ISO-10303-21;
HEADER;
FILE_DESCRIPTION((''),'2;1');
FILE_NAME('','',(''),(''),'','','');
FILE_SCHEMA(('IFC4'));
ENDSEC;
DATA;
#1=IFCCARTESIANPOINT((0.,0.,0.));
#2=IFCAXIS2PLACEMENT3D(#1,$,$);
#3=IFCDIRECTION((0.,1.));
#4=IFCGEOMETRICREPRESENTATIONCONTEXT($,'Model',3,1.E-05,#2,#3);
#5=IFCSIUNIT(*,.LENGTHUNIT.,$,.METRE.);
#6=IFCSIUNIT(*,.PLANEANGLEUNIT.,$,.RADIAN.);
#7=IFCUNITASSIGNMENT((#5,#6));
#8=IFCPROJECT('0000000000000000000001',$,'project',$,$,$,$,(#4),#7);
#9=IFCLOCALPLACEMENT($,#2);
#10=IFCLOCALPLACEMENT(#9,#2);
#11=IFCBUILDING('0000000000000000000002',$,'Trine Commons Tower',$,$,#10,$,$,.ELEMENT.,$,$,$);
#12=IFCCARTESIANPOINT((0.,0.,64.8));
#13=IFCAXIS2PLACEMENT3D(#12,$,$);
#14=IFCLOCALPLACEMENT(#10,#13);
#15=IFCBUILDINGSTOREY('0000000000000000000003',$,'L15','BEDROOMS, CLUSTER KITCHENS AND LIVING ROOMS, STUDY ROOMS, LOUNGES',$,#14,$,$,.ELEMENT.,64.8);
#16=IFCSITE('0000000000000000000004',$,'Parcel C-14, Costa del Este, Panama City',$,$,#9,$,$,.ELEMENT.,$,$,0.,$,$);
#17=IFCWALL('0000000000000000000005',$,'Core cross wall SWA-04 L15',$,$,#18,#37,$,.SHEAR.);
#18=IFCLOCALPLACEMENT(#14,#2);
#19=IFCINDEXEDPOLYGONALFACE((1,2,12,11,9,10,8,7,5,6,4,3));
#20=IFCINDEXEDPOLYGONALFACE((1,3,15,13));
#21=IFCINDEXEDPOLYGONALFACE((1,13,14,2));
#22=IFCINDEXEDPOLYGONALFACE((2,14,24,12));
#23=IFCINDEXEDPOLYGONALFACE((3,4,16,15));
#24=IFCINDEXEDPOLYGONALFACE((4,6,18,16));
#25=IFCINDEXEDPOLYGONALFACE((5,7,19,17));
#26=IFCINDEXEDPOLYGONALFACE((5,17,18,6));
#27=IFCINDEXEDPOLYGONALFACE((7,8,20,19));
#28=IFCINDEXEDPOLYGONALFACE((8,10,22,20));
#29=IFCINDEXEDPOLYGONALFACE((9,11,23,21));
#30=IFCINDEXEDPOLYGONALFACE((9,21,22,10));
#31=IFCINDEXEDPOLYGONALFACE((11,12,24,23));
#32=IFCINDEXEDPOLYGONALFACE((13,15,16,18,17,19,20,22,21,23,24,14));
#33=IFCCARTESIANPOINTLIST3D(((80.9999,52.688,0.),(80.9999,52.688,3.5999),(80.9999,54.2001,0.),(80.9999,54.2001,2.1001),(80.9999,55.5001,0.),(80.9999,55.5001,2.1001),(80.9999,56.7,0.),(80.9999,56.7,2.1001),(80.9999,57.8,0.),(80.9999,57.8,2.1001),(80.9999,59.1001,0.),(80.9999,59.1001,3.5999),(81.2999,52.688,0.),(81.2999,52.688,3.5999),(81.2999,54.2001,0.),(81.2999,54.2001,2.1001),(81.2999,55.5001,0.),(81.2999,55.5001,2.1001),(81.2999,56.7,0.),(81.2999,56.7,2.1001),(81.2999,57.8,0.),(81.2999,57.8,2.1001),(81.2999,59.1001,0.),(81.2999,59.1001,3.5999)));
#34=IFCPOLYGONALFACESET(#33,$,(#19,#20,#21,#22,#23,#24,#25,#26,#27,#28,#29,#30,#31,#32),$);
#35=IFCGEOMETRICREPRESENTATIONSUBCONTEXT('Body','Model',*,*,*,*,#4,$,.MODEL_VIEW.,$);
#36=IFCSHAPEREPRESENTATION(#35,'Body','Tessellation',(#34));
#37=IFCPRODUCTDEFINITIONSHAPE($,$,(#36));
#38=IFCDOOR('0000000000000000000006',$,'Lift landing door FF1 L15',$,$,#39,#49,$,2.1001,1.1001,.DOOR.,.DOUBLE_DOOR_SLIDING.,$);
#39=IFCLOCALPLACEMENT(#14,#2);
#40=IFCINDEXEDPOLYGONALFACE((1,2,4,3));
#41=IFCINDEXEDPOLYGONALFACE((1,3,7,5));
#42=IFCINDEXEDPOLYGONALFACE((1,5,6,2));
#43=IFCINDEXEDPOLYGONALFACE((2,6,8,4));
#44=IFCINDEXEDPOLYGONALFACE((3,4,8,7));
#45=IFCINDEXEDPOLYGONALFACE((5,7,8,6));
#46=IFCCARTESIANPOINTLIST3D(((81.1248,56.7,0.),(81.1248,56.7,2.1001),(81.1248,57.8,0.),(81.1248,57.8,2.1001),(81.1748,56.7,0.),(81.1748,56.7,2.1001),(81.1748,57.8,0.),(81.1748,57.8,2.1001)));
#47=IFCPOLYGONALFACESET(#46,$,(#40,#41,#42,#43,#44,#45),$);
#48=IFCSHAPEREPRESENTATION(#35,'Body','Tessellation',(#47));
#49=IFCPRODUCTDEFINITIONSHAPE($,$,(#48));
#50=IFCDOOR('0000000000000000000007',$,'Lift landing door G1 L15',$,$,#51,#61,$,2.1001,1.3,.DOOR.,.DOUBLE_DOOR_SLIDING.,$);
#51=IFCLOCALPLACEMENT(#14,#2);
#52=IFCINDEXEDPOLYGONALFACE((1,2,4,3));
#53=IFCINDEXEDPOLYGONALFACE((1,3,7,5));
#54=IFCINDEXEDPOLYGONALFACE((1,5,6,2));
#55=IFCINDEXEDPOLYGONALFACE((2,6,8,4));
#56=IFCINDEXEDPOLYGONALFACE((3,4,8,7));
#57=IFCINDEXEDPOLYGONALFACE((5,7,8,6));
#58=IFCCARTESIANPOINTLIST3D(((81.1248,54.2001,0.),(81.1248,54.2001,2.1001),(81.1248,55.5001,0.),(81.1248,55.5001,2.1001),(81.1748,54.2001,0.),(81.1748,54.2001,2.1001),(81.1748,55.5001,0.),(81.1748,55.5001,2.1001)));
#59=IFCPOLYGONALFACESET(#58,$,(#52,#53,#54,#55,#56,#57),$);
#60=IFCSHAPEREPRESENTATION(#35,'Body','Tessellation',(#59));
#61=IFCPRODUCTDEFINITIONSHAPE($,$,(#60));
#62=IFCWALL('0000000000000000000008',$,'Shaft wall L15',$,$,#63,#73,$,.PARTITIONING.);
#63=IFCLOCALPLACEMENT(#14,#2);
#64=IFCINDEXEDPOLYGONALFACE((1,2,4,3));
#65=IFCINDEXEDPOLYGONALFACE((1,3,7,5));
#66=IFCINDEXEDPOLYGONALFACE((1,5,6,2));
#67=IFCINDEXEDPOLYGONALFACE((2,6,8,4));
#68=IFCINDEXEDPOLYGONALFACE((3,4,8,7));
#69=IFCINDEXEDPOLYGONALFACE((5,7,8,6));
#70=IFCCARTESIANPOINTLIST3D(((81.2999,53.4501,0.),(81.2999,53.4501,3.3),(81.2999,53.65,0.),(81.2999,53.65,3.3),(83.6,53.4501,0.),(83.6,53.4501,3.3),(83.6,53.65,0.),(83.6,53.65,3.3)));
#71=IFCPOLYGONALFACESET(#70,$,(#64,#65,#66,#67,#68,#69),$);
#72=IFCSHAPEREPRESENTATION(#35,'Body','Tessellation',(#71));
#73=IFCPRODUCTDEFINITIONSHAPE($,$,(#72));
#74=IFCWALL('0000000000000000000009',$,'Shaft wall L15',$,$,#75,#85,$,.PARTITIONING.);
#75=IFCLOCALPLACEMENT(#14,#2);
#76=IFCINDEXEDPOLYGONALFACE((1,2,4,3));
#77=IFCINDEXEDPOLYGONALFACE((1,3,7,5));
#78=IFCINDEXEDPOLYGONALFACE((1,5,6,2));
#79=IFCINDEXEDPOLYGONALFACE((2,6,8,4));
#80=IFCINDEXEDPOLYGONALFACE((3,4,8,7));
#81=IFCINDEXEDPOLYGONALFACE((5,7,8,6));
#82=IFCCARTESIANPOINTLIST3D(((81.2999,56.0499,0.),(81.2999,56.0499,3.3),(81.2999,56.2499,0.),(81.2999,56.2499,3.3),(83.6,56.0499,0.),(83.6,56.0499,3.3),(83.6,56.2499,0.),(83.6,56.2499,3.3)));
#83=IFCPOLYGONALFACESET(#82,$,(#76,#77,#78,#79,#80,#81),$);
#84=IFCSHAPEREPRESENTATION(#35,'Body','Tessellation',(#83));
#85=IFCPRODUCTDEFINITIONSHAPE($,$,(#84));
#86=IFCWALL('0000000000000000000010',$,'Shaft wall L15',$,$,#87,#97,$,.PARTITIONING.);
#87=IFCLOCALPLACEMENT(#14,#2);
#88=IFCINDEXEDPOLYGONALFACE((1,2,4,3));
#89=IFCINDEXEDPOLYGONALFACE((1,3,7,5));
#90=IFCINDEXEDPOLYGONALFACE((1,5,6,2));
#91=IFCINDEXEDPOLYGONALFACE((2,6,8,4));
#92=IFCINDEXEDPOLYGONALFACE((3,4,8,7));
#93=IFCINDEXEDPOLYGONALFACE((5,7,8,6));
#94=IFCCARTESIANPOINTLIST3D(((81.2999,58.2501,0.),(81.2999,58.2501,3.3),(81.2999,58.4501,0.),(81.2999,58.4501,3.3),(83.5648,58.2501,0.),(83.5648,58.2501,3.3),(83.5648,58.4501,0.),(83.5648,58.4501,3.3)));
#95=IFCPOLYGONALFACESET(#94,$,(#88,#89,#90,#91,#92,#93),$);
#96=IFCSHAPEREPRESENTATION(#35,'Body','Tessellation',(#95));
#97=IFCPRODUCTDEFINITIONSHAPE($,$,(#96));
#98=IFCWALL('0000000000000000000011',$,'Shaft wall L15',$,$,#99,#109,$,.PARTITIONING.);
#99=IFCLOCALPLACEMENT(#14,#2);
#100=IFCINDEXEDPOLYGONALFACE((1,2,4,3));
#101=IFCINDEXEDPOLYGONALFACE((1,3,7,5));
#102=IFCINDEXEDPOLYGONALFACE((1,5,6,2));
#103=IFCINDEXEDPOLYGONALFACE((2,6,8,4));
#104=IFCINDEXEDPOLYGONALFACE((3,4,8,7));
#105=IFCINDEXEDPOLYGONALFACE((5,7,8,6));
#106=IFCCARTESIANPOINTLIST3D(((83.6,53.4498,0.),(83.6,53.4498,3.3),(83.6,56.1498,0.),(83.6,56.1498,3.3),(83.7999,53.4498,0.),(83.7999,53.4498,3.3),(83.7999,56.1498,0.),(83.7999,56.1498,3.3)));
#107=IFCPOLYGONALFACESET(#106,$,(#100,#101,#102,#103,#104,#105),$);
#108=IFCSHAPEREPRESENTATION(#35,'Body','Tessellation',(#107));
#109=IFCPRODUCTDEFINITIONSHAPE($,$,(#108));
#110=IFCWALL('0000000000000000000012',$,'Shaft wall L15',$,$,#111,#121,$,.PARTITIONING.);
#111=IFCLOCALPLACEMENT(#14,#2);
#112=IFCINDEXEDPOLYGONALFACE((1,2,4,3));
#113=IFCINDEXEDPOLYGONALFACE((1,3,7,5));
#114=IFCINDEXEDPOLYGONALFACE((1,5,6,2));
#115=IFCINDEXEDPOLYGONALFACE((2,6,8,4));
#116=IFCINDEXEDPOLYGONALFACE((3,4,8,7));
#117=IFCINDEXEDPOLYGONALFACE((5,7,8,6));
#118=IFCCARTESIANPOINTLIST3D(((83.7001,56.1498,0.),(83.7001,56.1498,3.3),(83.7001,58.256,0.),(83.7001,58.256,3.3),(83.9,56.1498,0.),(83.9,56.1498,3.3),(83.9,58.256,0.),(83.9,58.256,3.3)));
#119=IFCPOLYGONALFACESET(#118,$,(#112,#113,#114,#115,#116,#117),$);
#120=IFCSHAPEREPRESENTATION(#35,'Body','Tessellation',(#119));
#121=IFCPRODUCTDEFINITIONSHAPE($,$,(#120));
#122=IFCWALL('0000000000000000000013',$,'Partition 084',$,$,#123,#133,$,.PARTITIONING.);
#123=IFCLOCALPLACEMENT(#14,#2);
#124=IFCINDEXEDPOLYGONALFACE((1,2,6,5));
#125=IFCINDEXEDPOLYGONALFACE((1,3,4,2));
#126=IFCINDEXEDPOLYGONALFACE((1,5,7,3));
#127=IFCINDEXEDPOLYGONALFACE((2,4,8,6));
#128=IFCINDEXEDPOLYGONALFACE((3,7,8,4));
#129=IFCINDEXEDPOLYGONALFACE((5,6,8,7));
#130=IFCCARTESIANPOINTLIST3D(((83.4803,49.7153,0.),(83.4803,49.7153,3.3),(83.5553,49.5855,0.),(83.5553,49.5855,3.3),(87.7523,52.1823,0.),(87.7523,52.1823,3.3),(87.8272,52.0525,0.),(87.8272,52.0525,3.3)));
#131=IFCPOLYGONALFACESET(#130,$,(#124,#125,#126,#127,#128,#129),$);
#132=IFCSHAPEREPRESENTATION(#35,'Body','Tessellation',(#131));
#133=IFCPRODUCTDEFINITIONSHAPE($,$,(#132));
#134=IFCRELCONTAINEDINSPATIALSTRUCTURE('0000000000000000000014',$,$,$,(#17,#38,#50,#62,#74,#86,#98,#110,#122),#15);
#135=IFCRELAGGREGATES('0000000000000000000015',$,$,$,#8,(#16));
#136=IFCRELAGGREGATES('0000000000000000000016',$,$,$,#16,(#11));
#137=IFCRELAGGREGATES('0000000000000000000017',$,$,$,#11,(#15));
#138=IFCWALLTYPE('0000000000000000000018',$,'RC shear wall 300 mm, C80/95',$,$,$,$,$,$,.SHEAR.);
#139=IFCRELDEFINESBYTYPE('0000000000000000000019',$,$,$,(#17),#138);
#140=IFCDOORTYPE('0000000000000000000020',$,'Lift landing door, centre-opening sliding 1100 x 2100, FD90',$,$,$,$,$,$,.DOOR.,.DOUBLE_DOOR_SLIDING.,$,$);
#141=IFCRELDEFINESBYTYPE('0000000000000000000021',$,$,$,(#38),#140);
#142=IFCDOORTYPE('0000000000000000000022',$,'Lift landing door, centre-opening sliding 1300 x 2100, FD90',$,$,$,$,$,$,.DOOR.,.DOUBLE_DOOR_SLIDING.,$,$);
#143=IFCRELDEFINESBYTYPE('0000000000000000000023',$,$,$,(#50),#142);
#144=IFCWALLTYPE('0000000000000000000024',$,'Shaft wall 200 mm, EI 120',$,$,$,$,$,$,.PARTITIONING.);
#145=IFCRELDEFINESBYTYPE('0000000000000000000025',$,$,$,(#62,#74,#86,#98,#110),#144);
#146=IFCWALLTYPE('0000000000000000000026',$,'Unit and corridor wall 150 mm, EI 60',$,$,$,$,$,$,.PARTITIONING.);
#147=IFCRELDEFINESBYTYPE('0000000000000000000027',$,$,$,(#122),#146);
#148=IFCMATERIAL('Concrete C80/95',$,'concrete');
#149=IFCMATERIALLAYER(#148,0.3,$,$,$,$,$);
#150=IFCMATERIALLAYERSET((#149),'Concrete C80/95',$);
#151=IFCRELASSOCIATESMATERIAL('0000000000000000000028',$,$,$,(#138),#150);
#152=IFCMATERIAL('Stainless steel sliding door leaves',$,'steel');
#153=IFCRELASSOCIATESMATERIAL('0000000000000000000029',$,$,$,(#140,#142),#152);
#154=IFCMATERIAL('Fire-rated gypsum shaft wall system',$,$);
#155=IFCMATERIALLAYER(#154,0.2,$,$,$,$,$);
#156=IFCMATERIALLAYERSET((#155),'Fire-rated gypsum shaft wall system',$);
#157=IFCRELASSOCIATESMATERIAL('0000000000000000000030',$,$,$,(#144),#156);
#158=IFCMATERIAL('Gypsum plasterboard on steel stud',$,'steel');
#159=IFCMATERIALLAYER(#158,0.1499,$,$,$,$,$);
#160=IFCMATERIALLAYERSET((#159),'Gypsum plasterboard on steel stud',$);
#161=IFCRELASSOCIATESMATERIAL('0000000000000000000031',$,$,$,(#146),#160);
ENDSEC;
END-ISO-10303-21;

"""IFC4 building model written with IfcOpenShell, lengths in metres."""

from ifc_helpers import new_model, si_unit, direction, frame, frame_2d, origin, place, context, subcontext, project, spatial, rectangle, extrude, material, layer, layer_set, type_object, element, fill, save


model = new_model("IFC4")

# Units and contexts
model_context = context("Model", 3, precision=1e-05, world=origin(), true_north=direction((0.0, 1.0)))
body_context = subcontext(model_context, "Body", "Model", "MODEL_VIEW")
ifc_project = project(units=[si_unit("LENGTHUNIT", "METRE"), si_unit("PLANEANGLEUNIT", "RADIAN")], contexts=[model_context])

# Site, building, storey
site_placement = place(None, origin())
site = spatial("IfcSite", under=ifc_project, at=site_placement, Name="Parcel C-14, Costa del Este, Panama City", CompositionType="ELEMENT", RefElevation=0.0)
building_placement = place(site_placement, origin())
building = spatial("IfcBuilding", under=site, at=building_placement, Name="Trine Commons Tower", CompositionType="ELEMENT")
storey_placement = place(building_placement, frame((0.0, 0.0, 64.8)))
storey = spatial("IfcBuildingStorey", under=building, at=storey_placement, Name="L15", Description="BEDROOMS, CLUSTER KITCHENS AND LIVING ROOMS, STUDY ROOMS, LOUNGES", CompositionType="ELEMENT", Elevation=64.8)

# Shared definitions
ifc_material_1 = material(Name="Fire-rated gypsum shaft wall system")
ifc_material_2 = material(Name="Concrete C80/95", Category="concrete")

# Wall, openings, doors
ifc_layer_1 = layer(ifc_material_2, 0.3)
ifc_layer_set_1 = layer_set([ifc_layer_1], Name="Concrete C80/95")
wall_type_1 = type_object("IfcWallType", Name="RC shear wall 300 mm, C80/95", PredefinedType="SHEAR", material=ifc_layer_set_1)
ifc_material_3 = material(Name="Stainless steel sliding door leaves", Category="steel")
door_type_1 = type_object("IfcDoorType", Name="Lift landing door, centre-opening sliding 1100 x 2100, FD90", OperationType="DOUBLE_DOOR_SLIDING", PredefinedType="DOOR", material=ifc_material_3)
wall_1_placement = place(storey_placement, frame((81.1499, 59.1001, 0.0), z_axis=(0.0, 0.0, 1.0), x_axis=(0.0, -1.0, 0.0)))
wall_1 = element("IfcWall", 1, at=wall_1_placement, inside=storey, type_object=wall_type_1, Name="Core cross wall SWA-04 L15", PredefinedType="SHEAR", context=body_context, shape_type="SweptSolid", body=[
    extrude(rectangle(XDim=6.4121, YDim=0.3, at=frame_2d((3.2061, 0.0))), origin(), (0.0, 0.0, 1.0), 3.5999),
])
opening_1_placement = place(wall_1_placement, frame((3.6001, 0.0, 0.0)))
opening_1 = element("IfcOpeningElement", 2, at=opening_1_placement, cuts=wall_1, PredefinedType="OPENING", context=body_context, shape_type="SweptSolid", body=[
    extrude(rectangle(XDim=1.3, YDim=2.1001, at=frame_2d((0.6499, 1.05))), frame((0.0, 0.1599, 0.0), z_axis=(0.0, -1.0, 0.0), x_axis=(1.0, 0.0, 0.0)), (0.0, 0.0, 1.0), 0.3201),
])
opening_2_placement = place(wall_1_placement, frame((1.3, 0.0, 0.0)))
opening_2 = element("IfcOpeningElement", 3, at=opening_2_placement, cuts=wall_1, PredefinedType="OPENING", context=body_context, shape_type="SweptSolid", body=[
    extrude(rectangle(XDim=1.1001, YDim=2.1001, at=frame_2d((0.55, 1.05))), frame((0.0, 0.1599, 0.0), z_axis=(0.0, -1.0, 0.0), x_axis=(1.0, 0.0, 0.0)), (0.0, 0.0, 1.0), 0.3201),
])
door_1_placement = place(opening_2_placement, origin())
door_1 = element("IfcDoor", 4, at=door_1_placement, inside=storey, type_object=door_type_1, Name="Lift landing door FF1 L15", OperationType="DOUBLE_DOOR_SLIDING", OverallHeight=2.1001, OverallWidth=1.1001, PredefinedType="DOOR", context=body_context, shape_type="SweptSolid", body=[
    extrude(rectangle(XDim=1.1001, YDim=2.1001, at=frame_2d((0.55, 1.05))), frame((0.0, 0.0249, 0.0), z_axis=(0.0, -1.0, 0.0), x_axis=(1.0, 0.0, 0.0)), (0.0, 0.0, 1.0), 0.05),
])
fill(opening_2, door_1)
door_type_2 = type_object("IfcDoorType", Name="Lift landing door, centre-opening sliding 1300 x 2100, FD90", OperationType="DOUBLE_DOOR_SLIDING", PredefinedType="DOOR", material=ifc_material_3)
door_2_placement = place(opening_1_placement, origin())
door_2 = element("IfcDoor", 5, at=door_2_placement, inside=storey, type_object=door_type_2, Name="Lift landing door G1 L15", OperationType="DOUBLE_DOOR_SLIDING", OverallHeight=2.1001, OverallWidth=1.3, PredefinedType="DOOR", context=body_context, shape_type="SweptSolid", body=[
    extrude(rectangle(XDim=1.3, YDim=2.1001, at=frame_2d((0.6499, 1.05))), frame((0.0, 0.0249, 0.0), z_axis=(0.0, -1.0, 0.0), x_axis=(1.0, 0.0, 0.0)), (0.0, 0.0, 1.0), 0.05),
])
fill(opening_1, door_2)

# Walls
ifc_layer_2 = layer(ifc_material_1, 0.2)
ifc_layer_set_2 = layer_set([ifc_layer_2], Name="Fire-rated gypsum shaft wall system")
wall_type_2 = type_object("IfcWallType", Name="Shaft wall 200 mm, EI 120", PredefinedType="PARTITIONING", material=ifc_layer_set_2)
for number, where, z_axis, x_axis, name in (
    (6, (81.3, 53.55, 0.0), (0.0, 0.0, 1.0), (1.0, 0.0, 0.0), "Shaft wall L15"),
    (7, (81.3, 56.1499, 0.0), (0.0, 0.0, 1.0), (1.0, 0.0, 0.0), "Shaft wall L15"),
):
    element("IfcWall", number, at=place(storey_placement, frame(where, z_axis=z_axis, x_axis=x_axis)), inside=storey, type_object=wall_type_2, Name=name, PredefinedType="PARTITIONING", context=body_context, shape_type="SweptSolid", body=[
        extrude(rectangle(XDim=2.3, YDim=0.2, at=frame_2d((1.1499, 0.0))), origin(), (0.0, 0.0, 1.0), 3.3),
    ])
wall_2_placement = place(storey_placement, frame((81.3, 58.3501, 0.0), z_axis=(0.0, 0.0, 1.0), x_axis=(1.0, 0.0, 0.0)))
element("IfcWall", 8, at=wall_2_placement, inside=storey, type_object=wall_type_2, Name="Shaft wall L15", PredefinedType="PARTITIONING", context=body_context, shape_type="SweptSolid", body=[
    extrude(rectangle(XDim=2.2649, YDim=0.2, at=frame_2d((1.1323, 0.0))), origin(), (0.0, 0.0, 1.0), 3.3),
])
wall_3_placement = place(storey_placement, frame((83.7, 56.1499, 0.0), z_axis=(0.0, 0.0, 1.0), x_axis=(0.0, -1.0, 0.0)))
element("IfcWall", 9, at=wall_3_placement, inside=storey, type_object=wall_type_2, Name="Shaft wall L15", PredefinedType="PARTITIONING", context=body_context, shape_type="SweptSolid", body=[
    extrude(rectangle(XDim=2.7, YDim=0.2, at=frame_2d((1.3501, 0.0))), origin(), (0.0, 0.0, 1.0), 3.3),
])
wall_4_placement = place(storey_placement, frame((83.8, 58.2561, 0.0), z_axis=(0.0, 0.0, 1.0), x_axis=(0.0, -1.0, 0.0)))
element("IfcWall", 10, at=wall_4_placement, inside=storey, type_object=wall_type_2, Name="Shaft wall L15", PredefinedType="PARTITIONING", context=body_context, shape_type="SweptSolid", body=[
    extrude(rectangle(XDim=2.1062, YDim=0.2, at=frame_2d((1.0532, 0.0))), origin(), (0.0, 0.0, 1.0), 3.3),
])
ifc_material_4 = material(Name="Gypsum plasterboard on steel stud", Category="steel")
ifc_layer_3 = layer(ifc_material_4, 0.1499)
ifc_layer_set_3 = layer_set([ifc_layer_3], Name="Gypsum plasterboard on steel stud")
wall_type_3 = type_object("IfcWallType", Name="Unit and corridor wall 150 mm, EI 60", PredefinedType="PARTITIONING", material=ifc_layer_set_3)
wall_5_placement = place(storey_placement, frame((83.5178, 49.6504, 0.0), z_axis=(0.0, 0.0, 1.0), x_axis=(0.865971, 0.500094, 0.0)))
element("IfcWall", 11, at=wall_5_placement, inside=storey, type_object=wall_type_3, Name="Partition 084", PredefinedType="PARTITIONING", context=body_context, shape_type="SweptSolid", body=[
    extrude(rectangle(XDim=4.9331, YDim=0.1499, at=frame_2d((2.4666, 0.0))), origin(), (0.0, 0.0, 1.0), 3.3),
])

save(model, "model.ifc")
